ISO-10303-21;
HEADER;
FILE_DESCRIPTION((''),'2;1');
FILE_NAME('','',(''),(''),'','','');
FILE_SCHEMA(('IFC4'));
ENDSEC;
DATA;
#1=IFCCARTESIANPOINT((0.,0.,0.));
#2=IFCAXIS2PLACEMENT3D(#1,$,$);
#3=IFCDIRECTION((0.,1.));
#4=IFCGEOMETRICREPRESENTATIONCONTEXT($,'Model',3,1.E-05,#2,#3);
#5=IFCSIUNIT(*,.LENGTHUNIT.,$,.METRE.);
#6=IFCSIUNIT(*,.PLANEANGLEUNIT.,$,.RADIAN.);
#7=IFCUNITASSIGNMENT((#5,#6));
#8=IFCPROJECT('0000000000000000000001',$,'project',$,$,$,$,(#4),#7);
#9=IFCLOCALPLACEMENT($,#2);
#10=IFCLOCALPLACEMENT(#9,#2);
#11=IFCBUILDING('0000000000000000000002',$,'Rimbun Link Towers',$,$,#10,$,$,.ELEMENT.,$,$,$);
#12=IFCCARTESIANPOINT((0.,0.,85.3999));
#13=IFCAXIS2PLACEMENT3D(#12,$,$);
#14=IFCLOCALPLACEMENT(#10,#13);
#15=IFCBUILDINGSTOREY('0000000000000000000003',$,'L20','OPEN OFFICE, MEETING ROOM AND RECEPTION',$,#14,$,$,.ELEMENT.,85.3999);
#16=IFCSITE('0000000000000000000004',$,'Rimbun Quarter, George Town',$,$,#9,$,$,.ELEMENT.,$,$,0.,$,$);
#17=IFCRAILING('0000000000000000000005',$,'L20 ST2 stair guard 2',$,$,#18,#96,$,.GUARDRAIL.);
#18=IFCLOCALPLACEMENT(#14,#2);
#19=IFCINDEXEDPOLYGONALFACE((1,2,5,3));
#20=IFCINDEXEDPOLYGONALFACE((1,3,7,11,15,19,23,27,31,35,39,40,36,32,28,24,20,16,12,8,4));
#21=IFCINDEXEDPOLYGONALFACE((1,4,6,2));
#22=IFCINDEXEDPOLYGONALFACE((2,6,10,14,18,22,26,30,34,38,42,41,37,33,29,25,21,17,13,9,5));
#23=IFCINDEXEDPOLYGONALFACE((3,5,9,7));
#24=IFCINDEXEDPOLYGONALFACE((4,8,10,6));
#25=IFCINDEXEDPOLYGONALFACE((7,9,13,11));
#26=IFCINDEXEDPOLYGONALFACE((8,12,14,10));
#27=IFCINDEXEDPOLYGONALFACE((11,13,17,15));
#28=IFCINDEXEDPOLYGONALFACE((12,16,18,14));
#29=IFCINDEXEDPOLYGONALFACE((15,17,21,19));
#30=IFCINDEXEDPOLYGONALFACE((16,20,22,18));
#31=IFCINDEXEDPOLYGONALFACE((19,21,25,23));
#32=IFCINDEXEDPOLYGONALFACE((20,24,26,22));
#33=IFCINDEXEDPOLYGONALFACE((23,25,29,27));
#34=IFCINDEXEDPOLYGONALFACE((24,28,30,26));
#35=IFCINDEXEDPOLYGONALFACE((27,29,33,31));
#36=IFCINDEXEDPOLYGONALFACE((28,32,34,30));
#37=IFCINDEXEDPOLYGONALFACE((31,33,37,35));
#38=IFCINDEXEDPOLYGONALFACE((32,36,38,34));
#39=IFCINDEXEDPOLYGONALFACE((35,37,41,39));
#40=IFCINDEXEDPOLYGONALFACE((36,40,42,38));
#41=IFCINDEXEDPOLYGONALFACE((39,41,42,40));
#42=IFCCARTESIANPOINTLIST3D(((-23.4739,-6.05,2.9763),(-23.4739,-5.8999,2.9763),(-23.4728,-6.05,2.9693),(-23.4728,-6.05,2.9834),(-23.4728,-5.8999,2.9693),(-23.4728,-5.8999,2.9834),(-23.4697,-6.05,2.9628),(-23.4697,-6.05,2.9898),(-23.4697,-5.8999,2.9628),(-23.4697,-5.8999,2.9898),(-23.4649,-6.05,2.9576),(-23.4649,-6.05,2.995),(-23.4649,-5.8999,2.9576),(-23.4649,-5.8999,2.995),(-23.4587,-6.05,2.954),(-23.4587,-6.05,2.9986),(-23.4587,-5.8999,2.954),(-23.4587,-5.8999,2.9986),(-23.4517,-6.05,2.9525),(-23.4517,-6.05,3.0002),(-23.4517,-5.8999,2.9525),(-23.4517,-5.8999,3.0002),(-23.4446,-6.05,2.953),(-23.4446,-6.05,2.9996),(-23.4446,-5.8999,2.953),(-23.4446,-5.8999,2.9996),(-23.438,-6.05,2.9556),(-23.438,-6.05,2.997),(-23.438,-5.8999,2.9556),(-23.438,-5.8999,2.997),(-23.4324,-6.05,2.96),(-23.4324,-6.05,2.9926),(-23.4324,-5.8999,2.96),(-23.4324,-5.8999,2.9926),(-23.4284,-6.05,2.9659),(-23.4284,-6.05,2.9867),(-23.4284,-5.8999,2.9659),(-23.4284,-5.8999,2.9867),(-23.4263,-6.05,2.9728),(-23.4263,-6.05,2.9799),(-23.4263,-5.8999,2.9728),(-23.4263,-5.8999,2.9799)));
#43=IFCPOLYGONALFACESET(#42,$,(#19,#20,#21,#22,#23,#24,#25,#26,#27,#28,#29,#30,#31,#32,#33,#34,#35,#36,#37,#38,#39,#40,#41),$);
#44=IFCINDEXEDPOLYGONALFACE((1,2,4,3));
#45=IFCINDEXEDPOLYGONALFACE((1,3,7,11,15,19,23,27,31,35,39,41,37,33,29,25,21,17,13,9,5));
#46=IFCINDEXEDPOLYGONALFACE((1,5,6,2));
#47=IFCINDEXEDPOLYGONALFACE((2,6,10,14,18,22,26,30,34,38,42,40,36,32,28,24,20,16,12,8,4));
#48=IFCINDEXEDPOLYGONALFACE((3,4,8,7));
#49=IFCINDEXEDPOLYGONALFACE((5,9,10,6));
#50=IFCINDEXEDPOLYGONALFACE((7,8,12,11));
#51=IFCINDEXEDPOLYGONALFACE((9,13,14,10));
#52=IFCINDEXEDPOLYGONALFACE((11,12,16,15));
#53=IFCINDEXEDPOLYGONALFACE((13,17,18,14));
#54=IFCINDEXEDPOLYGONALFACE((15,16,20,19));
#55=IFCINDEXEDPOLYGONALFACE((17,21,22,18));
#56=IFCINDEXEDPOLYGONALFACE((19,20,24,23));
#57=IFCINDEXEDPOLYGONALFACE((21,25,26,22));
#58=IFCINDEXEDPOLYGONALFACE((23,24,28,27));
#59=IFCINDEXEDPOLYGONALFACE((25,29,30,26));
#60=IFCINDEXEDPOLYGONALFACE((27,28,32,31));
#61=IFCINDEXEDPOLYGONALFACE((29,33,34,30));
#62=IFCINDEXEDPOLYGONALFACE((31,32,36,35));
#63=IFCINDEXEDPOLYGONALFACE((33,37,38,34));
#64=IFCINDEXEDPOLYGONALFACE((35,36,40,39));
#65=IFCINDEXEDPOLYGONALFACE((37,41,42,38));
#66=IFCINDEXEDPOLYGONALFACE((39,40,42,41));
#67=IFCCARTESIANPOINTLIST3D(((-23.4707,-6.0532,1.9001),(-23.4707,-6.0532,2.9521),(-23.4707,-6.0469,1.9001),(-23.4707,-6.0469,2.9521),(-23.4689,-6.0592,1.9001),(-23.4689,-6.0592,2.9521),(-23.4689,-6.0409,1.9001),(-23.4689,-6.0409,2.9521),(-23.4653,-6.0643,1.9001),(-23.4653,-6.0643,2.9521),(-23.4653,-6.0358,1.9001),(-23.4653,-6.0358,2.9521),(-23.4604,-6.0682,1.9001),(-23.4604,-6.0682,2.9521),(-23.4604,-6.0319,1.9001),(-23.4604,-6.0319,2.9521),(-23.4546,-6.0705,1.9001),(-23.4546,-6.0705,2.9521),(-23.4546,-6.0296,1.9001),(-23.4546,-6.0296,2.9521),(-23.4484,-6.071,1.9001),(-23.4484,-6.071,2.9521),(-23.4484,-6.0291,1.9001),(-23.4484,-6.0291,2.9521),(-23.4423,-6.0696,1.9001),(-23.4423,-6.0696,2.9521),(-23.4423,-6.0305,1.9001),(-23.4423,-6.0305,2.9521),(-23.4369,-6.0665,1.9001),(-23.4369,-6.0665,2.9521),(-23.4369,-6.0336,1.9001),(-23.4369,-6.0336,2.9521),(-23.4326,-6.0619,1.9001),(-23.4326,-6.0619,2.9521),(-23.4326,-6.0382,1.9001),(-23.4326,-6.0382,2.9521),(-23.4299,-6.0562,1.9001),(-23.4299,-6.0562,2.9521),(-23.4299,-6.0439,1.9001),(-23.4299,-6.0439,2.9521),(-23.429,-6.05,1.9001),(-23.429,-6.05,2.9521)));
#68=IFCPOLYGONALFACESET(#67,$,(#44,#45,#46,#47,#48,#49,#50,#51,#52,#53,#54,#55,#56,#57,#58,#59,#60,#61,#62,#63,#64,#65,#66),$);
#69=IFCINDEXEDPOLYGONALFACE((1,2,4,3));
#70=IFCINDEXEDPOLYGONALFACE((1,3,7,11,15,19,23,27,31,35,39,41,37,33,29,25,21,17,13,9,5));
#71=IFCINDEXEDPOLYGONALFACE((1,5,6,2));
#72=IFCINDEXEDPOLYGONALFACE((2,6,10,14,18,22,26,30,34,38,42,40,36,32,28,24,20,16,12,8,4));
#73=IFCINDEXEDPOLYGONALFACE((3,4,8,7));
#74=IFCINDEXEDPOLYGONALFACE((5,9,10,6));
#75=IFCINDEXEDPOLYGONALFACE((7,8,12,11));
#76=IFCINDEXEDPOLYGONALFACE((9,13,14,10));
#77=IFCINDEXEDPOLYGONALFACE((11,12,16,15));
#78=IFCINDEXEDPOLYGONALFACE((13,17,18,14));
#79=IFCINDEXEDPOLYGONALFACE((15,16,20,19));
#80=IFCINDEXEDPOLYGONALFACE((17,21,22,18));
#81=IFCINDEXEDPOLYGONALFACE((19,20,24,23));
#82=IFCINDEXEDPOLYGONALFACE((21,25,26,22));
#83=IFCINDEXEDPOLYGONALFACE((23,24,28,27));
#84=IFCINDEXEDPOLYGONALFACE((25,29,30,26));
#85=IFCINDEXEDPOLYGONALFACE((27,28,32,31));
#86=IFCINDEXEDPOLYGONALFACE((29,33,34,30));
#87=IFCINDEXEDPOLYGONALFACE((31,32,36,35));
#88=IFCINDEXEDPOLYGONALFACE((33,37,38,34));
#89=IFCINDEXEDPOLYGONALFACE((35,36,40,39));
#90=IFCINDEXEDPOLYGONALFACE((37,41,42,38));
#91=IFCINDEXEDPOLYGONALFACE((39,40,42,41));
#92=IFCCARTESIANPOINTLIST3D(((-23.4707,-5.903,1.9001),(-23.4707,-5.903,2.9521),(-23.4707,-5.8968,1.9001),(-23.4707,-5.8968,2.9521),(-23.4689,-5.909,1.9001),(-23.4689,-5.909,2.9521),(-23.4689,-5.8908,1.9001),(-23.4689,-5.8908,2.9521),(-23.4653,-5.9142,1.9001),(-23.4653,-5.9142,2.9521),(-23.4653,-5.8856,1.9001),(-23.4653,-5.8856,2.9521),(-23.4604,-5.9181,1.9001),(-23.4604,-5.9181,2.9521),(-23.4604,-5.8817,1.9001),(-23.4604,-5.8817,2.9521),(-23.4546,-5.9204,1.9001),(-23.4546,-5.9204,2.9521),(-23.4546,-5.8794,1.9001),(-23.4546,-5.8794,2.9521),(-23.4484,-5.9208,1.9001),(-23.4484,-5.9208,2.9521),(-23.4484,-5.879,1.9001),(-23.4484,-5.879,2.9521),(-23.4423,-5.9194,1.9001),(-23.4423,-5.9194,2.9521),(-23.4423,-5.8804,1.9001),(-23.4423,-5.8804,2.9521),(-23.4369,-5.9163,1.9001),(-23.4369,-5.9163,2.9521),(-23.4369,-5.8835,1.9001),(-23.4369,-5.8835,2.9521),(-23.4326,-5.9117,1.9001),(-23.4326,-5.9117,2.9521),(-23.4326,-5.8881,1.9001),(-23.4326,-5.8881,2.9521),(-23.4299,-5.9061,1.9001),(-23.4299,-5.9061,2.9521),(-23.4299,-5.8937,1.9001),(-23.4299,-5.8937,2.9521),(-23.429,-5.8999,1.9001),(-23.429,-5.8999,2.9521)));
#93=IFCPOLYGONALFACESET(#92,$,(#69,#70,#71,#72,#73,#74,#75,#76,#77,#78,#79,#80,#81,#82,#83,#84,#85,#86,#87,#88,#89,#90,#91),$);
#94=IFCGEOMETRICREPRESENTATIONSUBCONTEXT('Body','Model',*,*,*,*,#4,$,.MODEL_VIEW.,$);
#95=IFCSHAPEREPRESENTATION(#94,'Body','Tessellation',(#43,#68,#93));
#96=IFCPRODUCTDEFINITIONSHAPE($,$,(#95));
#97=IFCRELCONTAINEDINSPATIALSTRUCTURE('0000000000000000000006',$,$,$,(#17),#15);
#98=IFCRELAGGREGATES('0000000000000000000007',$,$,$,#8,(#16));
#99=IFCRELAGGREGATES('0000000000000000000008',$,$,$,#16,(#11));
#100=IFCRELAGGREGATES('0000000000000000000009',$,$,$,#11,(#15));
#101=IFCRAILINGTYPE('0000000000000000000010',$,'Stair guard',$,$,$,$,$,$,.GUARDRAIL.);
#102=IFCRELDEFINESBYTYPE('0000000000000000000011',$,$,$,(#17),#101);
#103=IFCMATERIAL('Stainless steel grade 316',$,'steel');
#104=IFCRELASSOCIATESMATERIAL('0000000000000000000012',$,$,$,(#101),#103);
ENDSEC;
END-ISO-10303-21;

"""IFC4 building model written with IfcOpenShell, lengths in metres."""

from ifc_helpers import new_model, si_unit, direction, frame, origin, origin_2d, place, context, subcontext, project, spatial, circle, extrude, material, type_object, element, save


model = new_model("IFC4")

# Units and contexts
model_context = context("Model", 3, precision=1e-05, world=origin(), true_north=direction((0.0, 1.0)))
body_context = subcontext(model_context, "Body", "Model", "MODEL_VIEW")
ifc_project = project(units=[si_unit("LENGTHUNIT", "METRE"), si_unit("PLANEANGLEUNIT", "RADIAN")], contexts=[model_context])

# Site, building, storey
site_placement = place(None, origin())
site = spatial("IfcSite", under=ifc_project, at=site_placement, Name="Rimbun Quarter, George Town", CompositionType="ELEMENT", RefElevation=0.0)
building_placement = place(site_placement, origin())
building = spatial("IfcBuilding", under=site, at=building_placement, Name="Rimbun Link Towers", CompositionType="ELEMENT")
storey_placement = place(building_placement, frame((0.0, 0.0, 85.3999)))
storey = spatial("IfcBuildingStorey", under=building, at=storey_placement, Name="L20", Description="OPEN OFFICE, MEETING ROOM AND RECEPTION", CompositionType="ELEMENT", Elevation=85.3999)

# Railing
ifc_material_1 = material(Name="Stainless steel grade 316", Category="steel")
railing_type_1 = type_object("IfcRailingType", Name="Stair guard", PredefinedType="GUARDRAIL", material=ifc_material_1)
railing_1_placement = place(storey_placement, frame((-23.45, -6.05, 1.9001)))
element("IfcRailing", 1, at=railing_1_placement, inside=storey, type_object=railing_type_1, Name="L20 ST2 stair guard 2", PredefinedType="GUARDRAIL", context=body_context, shape_type="SweptSolid", body=[
    extrude(circle(Radius=0.0239, at=origin_2d()), frame((0.0, 0.0, 1.0762), z_axis=(0.0, 1.0, 0.0), x_axis=(-1.0, 0.0, 0.0)), (0.0, 0.0, 1.0), 0.1501),
    extrude(circle(Radius=0.021, at=origin_2d()), origin(), (0.0, 0.0, 1.0), 1.052),
    extrude(circle(Radius=0.021, at=origin_2d()), frame((0.0, 0.1501, 0.0)), (0.0, 0.0, 1.0), 1.052),
])

save(model, "model.ifc")
